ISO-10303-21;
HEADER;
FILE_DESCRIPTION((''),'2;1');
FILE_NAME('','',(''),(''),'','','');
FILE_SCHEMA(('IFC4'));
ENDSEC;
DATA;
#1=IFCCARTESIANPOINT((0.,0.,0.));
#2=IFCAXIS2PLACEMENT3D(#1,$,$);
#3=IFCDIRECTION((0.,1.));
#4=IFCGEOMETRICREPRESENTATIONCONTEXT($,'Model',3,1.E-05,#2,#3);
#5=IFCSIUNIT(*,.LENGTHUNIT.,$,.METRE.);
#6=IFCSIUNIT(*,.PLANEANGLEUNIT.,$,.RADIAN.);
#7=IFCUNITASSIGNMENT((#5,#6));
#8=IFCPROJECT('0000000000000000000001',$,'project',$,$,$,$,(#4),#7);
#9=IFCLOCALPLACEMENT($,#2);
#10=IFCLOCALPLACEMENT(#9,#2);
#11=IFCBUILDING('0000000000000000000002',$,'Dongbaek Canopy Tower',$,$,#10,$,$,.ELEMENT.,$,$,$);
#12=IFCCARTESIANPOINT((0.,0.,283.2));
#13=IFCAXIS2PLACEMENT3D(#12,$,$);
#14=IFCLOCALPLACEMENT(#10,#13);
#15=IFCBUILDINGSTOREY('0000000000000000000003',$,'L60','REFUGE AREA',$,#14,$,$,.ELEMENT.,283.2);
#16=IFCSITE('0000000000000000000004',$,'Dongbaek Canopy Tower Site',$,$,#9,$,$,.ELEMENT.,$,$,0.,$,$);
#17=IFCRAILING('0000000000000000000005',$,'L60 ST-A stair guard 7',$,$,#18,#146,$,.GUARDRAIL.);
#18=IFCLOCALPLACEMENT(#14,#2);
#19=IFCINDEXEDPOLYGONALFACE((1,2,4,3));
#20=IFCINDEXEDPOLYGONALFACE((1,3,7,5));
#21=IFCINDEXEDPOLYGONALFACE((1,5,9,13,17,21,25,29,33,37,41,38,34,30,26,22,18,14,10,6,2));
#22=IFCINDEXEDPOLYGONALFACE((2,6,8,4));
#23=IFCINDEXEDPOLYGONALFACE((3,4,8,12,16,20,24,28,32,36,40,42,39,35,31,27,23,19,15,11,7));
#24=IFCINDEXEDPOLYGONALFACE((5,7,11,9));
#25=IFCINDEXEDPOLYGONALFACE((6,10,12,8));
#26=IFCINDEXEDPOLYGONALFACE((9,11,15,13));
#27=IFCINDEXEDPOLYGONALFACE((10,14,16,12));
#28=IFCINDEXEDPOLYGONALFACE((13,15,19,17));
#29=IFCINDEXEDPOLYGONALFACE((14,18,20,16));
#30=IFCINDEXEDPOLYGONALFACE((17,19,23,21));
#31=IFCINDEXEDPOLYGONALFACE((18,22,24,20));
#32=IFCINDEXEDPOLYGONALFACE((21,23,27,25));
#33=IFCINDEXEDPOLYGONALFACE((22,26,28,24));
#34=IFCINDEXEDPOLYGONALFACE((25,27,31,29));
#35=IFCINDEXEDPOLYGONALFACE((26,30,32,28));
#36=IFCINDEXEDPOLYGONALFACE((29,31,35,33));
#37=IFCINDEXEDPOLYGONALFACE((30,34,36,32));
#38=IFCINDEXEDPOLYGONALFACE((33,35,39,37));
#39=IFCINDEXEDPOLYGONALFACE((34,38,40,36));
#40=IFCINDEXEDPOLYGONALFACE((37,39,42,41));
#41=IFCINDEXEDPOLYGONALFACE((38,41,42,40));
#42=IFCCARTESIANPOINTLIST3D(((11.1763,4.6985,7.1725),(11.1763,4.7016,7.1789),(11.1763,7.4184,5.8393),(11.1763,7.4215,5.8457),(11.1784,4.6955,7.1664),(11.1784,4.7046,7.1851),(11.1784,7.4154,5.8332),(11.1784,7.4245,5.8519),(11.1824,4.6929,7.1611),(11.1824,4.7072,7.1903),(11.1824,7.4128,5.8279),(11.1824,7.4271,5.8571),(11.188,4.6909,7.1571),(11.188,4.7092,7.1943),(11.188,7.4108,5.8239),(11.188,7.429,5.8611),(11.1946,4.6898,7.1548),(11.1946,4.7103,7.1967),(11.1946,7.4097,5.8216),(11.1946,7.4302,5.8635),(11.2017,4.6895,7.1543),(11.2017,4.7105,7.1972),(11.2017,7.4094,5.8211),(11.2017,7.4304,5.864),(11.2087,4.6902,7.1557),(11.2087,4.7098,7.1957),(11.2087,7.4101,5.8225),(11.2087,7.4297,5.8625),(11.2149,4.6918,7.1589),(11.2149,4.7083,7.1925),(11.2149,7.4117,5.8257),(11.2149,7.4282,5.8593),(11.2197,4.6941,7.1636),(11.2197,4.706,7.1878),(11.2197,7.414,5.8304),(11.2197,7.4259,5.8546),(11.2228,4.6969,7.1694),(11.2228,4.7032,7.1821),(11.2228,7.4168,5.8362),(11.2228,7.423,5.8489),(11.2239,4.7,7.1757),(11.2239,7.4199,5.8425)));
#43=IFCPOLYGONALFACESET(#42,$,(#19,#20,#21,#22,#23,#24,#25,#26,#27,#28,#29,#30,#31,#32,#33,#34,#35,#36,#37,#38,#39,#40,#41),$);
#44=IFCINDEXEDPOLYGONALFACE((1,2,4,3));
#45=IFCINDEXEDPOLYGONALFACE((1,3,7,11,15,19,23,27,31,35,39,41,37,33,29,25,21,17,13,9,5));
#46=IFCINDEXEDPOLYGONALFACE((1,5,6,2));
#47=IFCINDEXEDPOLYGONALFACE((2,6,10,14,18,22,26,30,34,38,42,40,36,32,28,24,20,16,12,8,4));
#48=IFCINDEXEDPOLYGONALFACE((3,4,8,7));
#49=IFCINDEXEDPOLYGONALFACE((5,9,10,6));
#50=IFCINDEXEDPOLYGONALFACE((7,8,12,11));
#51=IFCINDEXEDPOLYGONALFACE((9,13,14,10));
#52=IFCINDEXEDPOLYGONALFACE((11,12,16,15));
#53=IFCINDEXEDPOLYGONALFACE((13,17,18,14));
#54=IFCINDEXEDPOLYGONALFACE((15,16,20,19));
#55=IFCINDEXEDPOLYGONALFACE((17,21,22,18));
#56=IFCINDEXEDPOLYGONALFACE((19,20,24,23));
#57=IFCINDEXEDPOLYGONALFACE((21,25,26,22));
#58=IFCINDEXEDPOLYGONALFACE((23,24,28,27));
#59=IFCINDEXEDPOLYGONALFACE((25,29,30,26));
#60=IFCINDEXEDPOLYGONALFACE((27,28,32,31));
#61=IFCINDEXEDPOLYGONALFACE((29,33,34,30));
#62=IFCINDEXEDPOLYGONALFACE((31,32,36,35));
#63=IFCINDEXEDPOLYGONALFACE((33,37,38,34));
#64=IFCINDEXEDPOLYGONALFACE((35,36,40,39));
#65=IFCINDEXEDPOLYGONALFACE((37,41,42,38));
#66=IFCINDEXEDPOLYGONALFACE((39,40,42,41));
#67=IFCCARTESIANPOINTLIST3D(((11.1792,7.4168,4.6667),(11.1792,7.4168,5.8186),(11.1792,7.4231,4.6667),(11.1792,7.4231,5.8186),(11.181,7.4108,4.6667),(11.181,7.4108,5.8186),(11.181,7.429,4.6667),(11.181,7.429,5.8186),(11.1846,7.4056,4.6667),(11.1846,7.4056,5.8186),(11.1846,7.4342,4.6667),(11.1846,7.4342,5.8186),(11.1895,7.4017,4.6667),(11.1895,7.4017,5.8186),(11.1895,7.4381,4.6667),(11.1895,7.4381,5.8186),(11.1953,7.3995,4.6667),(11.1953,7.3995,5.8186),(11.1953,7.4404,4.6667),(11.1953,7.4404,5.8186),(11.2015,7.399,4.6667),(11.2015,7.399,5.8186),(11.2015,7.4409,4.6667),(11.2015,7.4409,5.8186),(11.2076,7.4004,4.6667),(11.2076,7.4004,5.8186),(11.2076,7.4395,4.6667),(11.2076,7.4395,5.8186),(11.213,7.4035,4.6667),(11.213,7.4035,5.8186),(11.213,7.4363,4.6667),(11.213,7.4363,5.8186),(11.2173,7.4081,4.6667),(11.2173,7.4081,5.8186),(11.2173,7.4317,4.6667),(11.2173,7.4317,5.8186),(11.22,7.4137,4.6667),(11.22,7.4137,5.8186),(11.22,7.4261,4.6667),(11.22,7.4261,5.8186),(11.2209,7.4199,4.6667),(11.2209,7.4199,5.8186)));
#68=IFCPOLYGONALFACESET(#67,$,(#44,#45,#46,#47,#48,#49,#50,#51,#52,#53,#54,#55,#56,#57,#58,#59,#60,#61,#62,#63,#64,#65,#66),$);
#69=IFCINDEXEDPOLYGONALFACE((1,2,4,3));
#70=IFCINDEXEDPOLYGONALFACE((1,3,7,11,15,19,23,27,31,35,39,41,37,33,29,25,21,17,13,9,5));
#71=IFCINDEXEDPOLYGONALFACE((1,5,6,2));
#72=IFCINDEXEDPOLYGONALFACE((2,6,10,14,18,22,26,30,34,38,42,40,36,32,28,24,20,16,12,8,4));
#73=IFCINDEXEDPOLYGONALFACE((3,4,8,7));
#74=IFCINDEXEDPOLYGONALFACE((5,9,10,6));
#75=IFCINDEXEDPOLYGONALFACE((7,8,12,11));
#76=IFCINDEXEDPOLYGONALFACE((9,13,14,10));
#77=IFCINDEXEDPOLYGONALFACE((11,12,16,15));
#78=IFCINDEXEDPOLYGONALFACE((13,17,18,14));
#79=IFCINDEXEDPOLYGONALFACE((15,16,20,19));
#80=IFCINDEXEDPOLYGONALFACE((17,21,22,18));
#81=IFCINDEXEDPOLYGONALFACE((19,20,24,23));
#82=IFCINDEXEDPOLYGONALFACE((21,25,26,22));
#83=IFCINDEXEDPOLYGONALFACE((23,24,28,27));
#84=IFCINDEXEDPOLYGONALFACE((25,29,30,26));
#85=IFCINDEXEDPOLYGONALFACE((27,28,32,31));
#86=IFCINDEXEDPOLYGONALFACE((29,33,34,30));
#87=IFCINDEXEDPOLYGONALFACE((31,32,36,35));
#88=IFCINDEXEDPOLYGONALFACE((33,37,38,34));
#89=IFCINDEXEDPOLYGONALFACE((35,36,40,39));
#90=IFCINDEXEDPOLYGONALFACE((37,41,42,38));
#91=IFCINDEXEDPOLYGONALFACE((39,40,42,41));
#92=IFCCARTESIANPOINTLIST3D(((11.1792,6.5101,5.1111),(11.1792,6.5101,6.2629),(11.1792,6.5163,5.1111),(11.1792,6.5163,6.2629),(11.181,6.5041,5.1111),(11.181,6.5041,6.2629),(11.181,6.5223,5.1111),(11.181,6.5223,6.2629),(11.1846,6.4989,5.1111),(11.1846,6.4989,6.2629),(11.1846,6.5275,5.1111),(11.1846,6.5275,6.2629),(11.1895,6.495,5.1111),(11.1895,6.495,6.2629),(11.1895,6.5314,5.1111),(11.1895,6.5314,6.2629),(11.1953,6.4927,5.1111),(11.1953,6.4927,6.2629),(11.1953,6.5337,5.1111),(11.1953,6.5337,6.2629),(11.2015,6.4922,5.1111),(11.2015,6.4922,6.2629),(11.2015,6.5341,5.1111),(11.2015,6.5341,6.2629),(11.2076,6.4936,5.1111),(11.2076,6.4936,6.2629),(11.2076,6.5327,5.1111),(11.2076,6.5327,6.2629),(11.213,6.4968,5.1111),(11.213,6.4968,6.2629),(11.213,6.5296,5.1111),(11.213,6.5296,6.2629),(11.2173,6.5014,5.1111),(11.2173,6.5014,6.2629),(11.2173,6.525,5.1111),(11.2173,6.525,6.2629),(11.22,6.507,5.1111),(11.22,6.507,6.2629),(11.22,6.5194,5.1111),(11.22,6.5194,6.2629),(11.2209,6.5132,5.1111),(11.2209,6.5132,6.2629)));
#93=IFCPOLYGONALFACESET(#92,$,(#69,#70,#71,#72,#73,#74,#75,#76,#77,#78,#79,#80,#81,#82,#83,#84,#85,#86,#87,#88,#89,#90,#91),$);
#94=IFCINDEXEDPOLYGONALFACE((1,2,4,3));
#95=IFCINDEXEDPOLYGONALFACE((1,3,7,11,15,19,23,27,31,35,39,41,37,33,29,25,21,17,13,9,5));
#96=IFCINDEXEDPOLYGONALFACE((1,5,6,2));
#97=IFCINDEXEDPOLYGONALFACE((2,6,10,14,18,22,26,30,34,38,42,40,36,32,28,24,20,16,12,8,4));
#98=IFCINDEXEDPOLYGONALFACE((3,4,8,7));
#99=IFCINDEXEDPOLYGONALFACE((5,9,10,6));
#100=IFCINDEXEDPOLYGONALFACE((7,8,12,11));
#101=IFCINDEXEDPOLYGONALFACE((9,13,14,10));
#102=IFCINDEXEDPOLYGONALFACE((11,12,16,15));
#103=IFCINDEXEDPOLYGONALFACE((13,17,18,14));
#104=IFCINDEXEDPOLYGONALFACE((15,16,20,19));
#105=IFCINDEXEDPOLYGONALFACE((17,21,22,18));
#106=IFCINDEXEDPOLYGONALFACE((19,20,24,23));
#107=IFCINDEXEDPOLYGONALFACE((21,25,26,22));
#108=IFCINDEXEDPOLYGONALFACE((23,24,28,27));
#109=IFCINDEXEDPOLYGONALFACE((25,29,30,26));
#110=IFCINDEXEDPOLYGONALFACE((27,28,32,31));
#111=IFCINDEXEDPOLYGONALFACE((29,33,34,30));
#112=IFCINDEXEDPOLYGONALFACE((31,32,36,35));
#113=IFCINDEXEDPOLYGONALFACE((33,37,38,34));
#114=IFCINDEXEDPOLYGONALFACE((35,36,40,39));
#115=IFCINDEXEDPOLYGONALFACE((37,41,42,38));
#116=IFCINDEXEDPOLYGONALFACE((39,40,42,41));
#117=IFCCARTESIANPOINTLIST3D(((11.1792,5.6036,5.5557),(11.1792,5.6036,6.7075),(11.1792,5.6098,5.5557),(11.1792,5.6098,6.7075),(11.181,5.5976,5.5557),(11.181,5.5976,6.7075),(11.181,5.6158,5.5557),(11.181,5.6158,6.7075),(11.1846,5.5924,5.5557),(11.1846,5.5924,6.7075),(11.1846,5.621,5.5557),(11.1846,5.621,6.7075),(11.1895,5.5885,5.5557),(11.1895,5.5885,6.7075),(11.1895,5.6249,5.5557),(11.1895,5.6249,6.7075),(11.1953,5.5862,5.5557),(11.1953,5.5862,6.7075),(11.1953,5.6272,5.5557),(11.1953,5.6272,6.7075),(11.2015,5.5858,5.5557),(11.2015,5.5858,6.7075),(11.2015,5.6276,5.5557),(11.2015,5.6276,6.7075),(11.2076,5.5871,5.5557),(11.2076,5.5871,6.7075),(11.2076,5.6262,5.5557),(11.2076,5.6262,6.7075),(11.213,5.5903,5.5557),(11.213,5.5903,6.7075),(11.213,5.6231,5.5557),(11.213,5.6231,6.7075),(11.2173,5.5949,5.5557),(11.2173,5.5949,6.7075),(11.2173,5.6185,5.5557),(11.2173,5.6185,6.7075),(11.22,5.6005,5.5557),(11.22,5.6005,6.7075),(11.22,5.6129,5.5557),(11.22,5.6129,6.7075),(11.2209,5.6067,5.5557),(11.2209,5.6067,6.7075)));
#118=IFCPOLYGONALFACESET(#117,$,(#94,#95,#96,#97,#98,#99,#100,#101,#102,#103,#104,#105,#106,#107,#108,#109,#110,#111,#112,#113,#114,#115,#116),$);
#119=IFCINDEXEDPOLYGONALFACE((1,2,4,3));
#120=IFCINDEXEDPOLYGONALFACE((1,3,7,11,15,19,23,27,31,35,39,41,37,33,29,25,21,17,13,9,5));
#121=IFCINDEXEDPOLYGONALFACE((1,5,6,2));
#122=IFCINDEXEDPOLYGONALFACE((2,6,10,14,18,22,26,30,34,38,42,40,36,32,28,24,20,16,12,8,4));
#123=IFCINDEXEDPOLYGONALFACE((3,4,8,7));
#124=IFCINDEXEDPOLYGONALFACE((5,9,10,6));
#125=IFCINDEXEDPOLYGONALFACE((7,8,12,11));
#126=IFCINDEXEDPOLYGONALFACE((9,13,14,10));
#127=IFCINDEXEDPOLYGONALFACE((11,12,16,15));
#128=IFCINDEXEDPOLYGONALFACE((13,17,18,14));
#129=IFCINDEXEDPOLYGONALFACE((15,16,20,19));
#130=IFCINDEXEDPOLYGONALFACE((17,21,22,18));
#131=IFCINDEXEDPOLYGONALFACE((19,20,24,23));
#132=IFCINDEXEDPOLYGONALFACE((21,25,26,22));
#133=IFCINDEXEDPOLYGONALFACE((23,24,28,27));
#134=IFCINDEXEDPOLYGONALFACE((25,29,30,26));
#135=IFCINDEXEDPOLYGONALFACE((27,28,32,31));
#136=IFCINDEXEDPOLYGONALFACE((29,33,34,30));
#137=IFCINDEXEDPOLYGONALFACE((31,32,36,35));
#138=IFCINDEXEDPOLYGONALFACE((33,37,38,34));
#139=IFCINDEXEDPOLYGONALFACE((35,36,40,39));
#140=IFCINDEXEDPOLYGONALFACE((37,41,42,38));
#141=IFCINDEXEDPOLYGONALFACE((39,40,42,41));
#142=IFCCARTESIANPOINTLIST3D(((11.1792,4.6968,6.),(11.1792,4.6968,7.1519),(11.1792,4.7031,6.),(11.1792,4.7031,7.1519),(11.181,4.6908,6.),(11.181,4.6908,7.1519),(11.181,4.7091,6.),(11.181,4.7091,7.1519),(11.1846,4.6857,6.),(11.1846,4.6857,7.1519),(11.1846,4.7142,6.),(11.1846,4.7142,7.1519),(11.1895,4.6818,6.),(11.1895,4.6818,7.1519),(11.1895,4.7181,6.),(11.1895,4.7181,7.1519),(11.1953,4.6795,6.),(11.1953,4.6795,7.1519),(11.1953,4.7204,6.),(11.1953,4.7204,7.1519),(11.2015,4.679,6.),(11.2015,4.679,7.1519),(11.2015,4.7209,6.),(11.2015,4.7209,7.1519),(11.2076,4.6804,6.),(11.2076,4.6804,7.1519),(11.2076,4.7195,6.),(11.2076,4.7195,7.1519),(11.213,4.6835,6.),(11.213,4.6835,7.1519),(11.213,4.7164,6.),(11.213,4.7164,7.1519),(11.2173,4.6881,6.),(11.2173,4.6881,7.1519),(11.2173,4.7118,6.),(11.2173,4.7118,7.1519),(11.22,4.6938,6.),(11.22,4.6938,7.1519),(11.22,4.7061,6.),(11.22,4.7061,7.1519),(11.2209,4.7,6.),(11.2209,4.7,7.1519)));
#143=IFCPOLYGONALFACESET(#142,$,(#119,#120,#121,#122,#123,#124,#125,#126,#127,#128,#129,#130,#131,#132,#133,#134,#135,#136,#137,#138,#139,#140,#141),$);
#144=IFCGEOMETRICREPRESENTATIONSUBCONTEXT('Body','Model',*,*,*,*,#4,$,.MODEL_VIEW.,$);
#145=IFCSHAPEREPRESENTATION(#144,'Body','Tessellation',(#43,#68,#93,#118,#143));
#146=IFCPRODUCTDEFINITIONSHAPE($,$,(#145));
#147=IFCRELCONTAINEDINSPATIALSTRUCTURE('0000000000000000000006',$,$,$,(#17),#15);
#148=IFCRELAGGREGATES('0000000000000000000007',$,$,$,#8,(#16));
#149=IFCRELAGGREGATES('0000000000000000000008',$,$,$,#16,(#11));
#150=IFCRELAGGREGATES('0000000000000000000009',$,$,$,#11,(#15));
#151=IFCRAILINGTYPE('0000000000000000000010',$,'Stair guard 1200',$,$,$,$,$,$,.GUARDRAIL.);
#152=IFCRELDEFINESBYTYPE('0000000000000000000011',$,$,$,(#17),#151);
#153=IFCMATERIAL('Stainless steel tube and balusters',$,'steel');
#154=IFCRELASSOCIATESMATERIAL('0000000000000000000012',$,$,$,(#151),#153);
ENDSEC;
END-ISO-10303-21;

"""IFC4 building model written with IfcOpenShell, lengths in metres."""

from ifc_helpers import new_model, si_unit, direction, frame, origin, origin_2d, place, context, subcontext, project, spatial, circle, extrude, material, type_object, element, save


model = new_model("IFC4")

# Units and contexts
model_context = context("Model", 3, precision=1e-05, world=origin(), true_north=direction((0.0, 1.0)))
body_context = subcontext(model_context, "Body", "Model", "MODEL_VIEW")
ifc_project = project(units=[si_unit("LENGTHUNIT", "METRE"), si_unit("PLANEANGLEUNIT", "RADIAN")], contexts=[model_context])

# Site, building, storey
site_placement = place(None, origin())
site = spatial("IfcSite", under=ifc_project, at=site_placement, Name="Dongbaek Canopy Tower Site", CompositionType="ELEMENT", RefElevation=0.0)
building_placement = place(site_placement, origin())
building = spatial("IfcBuilding", under=site, at=building_placement, Name="Dongbaek Canopy Tower", CompositionType="ELEMENT")
storey_placement = place(building_placement, frame((0.0, 0.0, 283.2)))
storey = spatial("IfcBuildingStorey", under=building, at=storey_placement, Name="L60", Description="REFUGE AREA", CompositionType="ELEMENT", Elevation=283.2)

# Railing
ifc_material_1 = material(Name="Stainless steel tube and balusters", Category="steel")
railing_type_1 = type_object("IfcRailingType", Name="Stair guard 1200", PredefinedType="GUARDRAIL", material=ifc_material_1)
railing_1_placement = place(storey_placement, frame((11.2, 7.4199, 4.6667)))
element("IfcRailing", 1, at=railing_1_placement, inside=storey, type_object=railing_type_1, Name="L60 ST-A stair guard 7", PredefinedType="GUARDRAIL", context=body_context, shape_type="SweptSolid", body=[
    extrude(circle(Radius=0.0239, at=origin_2d()), frame((0.0, 0.0, 1.1758), z_axis=(0.0, -0.897929, 0.440139), x_axis=(1.0, 0.0, 0.0)), (0.0, 0.0, 1.0), 3.0291),
    extrude(circle(Radius=0.021, at=origin_2d()), origin(), (0.0, 0.0, 1.0), 1.1519),
    extrude(circle(Radius=0.021, at=origin_2d()), frame((0.0, -0.9067, 0.4443)), (0.0, 0.0, 1.0), 1.1519),
    extrude(circle(Radius=0.021, at=origin_2d()), frame((0.0, -1.8132, 0.8889)), (0.0, 0.0, 1.0), 1.1519),
    extrude(circle(Radius=0.021, at=origin_2d()), frame((0.0, -2.72, 1.3333)), (0.0, 0.0, 1.0), 1.1519),
])

save(model, "model.ifc")
